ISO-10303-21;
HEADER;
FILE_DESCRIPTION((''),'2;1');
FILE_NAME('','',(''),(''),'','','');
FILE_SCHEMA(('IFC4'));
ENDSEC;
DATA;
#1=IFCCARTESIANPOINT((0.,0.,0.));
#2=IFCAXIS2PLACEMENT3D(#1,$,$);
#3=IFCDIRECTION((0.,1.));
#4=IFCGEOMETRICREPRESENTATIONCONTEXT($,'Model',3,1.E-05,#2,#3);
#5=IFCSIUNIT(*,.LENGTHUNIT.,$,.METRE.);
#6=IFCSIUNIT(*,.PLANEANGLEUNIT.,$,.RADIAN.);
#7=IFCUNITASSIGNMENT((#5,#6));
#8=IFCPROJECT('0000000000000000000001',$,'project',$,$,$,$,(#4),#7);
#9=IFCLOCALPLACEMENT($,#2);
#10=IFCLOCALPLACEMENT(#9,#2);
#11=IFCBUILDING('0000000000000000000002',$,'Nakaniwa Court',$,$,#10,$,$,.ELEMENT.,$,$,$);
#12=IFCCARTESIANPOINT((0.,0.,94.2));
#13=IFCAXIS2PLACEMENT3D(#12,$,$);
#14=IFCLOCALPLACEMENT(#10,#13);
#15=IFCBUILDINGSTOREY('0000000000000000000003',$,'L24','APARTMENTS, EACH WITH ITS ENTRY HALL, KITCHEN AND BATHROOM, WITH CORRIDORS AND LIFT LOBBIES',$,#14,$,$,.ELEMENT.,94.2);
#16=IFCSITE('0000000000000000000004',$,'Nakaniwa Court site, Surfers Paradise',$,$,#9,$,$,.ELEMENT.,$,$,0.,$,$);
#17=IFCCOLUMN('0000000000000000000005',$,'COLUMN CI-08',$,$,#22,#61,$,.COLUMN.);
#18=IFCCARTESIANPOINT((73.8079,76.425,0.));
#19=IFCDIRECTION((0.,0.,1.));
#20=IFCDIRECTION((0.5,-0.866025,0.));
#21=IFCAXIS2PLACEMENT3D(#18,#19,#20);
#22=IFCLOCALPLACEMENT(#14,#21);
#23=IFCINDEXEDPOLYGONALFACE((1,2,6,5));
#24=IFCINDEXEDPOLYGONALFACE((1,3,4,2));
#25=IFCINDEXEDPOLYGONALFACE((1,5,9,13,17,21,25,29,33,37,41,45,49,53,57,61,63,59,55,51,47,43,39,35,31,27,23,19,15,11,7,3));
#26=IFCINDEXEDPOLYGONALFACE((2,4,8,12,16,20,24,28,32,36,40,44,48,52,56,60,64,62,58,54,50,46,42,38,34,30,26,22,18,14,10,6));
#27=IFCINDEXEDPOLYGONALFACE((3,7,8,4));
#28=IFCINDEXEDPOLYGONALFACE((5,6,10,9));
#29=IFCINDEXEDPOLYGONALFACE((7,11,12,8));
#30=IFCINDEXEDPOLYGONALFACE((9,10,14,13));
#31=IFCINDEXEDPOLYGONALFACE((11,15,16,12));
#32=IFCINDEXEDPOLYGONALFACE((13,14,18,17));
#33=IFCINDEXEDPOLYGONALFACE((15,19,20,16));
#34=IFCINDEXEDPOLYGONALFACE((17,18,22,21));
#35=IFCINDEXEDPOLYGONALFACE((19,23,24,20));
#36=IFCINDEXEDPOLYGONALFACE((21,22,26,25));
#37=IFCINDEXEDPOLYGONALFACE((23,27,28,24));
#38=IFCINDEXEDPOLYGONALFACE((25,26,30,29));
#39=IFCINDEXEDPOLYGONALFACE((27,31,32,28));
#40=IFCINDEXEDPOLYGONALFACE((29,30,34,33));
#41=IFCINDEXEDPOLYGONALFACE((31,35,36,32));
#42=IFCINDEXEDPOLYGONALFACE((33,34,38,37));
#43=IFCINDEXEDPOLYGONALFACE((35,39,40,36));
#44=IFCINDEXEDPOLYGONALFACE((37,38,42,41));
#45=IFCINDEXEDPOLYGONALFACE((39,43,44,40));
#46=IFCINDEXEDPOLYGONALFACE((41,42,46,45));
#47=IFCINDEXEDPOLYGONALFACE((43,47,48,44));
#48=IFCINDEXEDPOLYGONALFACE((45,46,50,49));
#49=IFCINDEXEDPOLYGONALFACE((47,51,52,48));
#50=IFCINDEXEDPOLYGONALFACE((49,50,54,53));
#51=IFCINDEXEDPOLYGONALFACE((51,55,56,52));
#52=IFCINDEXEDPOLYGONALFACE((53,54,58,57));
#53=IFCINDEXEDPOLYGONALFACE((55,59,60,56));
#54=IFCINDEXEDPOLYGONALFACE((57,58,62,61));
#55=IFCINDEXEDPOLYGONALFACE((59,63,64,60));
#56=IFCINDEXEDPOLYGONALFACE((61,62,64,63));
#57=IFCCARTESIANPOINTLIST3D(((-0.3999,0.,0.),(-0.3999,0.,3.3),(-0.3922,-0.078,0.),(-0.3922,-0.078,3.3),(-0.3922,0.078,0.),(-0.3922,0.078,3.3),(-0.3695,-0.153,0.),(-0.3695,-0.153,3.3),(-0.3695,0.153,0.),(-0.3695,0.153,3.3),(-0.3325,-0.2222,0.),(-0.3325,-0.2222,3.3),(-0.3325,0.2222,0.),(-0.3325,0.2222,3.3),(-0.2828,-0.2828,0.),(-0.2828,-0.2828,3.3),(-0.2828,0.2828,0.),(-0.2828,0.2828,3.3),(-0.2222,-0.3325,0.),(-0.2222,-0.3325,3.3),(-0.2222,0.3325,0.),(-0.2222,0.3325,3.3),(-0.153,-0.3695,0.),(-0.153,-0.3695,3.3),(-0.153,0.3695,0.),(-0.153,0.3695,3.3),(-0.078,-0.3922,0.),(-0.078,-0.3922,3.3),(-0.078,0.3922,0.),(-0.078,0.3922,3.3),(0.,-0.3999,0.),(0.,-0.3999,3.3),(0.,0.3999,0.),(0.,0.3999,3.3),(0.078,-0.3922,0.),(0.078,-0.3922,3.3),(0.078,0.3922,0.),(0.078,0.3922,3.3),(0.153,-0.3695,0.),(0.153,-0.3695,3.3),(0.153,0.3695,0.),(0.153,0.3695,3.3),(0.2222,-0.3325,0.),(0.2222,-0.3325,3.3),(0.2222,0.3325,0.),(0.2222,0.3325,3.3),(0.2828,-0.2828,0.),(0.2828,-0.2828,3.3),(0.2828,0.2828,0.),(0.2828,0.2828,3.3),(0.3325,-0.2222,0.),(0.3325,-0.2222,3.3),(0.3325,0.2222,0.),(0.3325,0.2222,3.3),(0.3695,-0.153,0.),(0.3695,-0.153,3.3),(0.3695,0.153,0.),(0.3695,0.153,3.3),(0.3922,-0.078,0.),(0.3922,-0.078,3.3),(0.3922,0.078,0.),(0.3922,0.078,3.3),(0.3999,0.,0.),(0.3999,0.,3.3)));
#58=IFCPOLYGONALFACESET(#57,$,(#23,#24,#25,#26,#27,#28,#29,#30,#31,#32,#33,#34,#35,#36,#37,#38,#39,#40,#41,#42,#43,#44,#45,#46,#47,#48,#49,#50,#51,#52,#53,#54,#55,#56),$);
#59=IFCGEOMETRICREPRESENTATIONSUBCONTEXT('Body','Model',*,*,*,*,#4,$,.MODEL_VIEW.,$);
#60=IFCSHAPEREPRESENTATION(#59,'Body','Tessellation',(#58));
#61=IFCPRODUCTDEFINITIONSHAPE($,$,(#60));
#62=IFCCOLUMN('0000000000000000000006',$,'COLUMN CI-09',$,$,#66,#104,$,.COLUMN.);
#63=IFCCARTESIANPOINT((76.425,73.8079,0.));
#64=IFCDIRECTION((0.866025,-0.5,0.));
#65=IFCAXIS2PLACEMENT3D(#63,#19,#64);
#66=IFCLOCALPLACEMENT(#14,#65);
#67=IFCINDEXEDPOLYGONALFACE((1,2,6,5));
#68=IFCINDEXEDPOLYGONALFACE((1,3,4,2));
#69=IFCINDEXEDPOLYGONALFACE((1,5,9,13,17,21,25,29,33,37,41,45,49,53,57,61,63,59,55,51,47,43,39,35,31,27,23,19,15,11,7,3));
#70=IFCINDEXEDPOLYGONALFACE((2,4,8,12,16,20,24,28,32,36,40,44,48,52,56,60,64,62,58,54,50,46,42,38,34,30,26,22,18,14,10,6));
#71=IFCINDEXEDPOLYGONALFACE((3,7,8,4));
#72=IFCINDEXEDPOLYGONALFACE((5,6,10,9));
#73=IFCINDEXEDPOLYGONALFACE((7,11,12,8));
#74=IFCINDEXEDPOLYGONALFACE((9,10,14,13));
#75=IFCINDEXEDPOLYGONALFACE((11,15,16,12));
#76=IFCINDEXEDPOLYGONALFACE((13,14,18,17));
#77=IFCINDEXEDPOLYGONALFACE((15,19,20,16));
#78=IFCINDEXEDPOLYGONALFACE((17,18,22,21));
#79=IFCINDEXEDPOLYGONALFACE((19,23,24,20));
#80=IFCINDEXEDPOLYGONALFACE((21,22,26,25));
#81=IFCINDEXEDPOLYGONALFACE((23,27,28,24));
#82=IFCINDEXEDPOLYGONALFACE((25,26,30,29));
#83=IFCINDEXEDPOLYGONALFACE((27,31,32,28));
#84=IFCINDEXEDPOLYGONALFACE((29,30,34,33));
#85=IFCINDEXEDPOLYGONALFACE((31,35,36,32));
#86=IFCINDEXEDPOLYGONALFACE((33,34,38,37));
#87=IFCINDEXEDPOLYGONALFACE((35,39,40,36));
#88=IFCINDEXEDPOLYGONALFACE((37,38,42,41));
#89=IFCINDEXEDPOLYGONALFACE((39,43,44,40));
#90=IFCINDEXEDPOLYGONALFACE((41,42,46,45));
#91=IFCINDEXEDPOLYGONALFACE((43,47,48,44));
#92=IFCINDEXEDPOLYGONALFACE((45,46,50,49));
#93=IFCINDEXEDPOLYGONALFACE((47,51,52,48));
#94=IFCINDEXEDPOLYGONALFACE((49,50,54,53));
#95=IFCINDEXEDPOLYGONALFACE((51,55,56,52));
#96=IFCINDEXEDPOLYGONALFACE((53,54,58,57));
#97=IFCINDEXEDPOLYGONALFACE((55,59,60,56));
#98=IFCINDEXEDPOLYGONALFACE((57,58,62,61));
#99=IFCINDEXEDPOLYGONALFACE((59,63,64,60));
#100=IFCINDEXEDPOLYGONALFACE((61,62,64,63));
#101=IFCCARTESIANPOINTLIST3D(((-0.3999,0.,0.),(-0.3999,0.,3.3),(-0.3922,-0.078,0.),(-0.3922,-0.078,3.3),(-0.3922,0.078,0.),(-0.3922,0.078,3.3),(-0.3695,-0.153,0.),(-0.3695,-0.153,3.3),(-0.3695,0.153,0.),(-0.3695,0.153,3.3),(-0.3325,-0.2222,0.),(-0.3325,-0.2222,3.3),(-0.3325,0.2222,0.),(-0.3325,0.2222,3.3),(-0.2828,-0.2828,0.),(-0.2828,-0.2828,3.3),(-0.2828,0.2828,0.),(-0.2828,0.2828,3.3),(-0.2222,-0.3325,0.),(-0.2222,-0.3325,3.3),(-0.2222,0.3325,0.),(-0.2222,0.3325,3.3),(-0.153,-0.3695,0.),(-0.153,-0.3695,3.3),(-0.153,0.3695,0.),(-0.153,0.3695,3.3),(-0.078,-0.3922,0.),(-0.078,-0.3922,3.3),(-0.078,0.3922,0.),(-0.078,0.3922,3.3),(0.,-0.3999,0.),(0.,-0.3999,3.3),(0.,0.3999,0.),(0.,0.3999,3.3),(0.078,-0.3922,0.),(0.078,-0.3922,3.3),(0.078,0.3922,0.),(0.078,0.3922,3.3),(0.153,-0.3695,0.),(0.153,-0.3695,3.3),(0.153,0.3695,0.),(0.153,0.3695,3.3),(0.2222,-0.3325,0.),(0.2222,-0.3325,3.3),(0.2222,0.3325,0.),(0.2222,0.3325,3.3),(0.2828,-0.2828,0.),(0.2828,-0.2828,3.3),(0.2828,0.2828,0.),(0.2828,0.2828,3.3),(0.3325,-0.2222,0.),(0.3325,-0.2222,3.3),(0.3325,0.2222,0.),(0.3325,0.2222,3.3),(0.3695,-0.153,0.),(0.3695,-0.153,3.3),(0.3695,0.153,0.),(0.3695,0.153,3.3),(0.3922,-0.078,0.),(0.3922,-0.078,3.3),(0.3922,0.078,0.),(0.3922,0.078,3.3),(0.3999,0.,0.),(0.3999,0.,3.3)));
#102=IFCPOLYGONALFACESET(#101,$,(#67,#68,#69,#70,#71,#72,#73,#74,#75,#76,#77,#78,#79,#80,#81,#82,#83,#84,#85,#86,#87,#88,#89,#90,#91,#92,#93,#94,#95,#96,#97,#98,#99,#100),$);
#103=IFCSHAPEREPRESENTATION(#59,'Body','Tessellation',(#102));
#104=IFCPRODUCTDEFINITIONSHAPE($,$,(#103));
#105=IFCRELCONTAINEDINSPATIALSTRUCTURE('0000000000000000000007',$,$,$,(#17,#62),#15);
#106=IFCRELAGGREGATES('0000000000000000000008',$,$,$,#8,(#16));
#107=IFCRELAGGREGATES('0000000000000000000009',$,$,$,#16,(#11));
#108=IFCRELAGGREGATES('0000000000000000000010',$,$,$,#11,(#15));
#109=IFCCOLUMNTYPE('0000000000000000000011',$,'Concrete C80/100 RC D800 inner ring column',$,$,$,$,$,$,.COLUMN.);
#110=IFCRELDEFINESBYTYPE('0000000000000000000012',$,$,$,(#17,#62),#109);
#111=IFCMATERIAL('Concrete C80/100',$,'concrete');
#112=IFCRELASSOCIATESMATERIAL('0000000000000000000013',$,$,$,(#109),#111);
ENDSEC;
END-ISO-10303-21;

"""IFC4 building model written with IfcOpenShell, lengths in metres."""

from ifc_helpers import new_model, si_unit, direction, frame, origin, origin_2d, place, context, subcontext, project, spatial, circle, extrude, material, material_profile, profile_set, type_object, element, save


model = new_model("IFC4")

# Units and contexts
model_context = context("Model", 3, precision=1e-05, world=origin(), true_north=direction((0.0, 1.0)))
body_context = subcontext(model_context, "Body", "Model", "MODEL_VIEW")
ifc_project = project(units=[si_unit("LENGTHUNIT", "METRE"), si_unit("PLANEANGLEUNIT", "RADIAN")], contexts=[model_context])

# Site, building, storey
site_placement = place(None, origin())
site = spatial("IfcSite", under=ifc_project, at=site_placement, Name="Nakaniwa Court site, Surfers Paradise", CompositionType="ELEMENT", RefElevation=0.0)
building_placement = place(site_placement, origin())
building = spatial("IfcBuilding", under=site, at=building_placement, Name="Nakaniwa Court", CompositionType="ELEMENT")
storey_placement = place(building_placement, frame((0.0, 0.0, 94.2)))
storey = spatial("IfcBuildingStorey", under=building, at=storey_placement, Name="L24", Description="APARTMENTS, EACH WITH ITS ENTRY HALL, KITCHEN AND BATHROOM, WITH CORRIDORS AND LIFT LOBBIES", CompositionType="ELEMENT", Elevation=94.2)

# Columns
ifc_material_1 = material(Name="Concrete C80/100", Category="concrete")
ifc_material_profile_1 = material_profile(ifc_material_1, circle(Radius=0.3999, at=origin_2d()), Name="Concrete C80/100 RC D800 inner ring column")
ifc_profile_set_1 = profile_set([ifc_material_profile_1], Name="Concrete C80/100")
column_type_1 = type_object("IfcColumnType", Name="Concrete C80/100 RC D800 inner ring column", PredefinedType="COLUMN", material=ifc_profile_set_1)
for number, where, z_axis, x_axis, name in (
    (1, (73.8079, 76.425, 0.0), (0.0, 0.0, 1.0), (0.5, -0.866025, 0.0), "COLUMN CI-08"),
    (2, (76.425, 73.8079, 0.0), (0.0, 0.0, 1.0), (0.866025, -0.5, 0.0), "COLUMN CI-09"),
):
    element("IfcColumn", number, at=place(storey_placement, frame(where, z_axis=z_axis, x_axis=x_axis)), inside=storey, type_object=column_type_1, Name=name, PredefinedType="COLUMN", context=body_context, shape_type="SweptSolid", body=[
        extrude(circle(Radius=0.3999, at=origin_2d()), origin(), (0.0, 0.0, 1.0), 3.3),
    ])

save(model, "model.ifc")
